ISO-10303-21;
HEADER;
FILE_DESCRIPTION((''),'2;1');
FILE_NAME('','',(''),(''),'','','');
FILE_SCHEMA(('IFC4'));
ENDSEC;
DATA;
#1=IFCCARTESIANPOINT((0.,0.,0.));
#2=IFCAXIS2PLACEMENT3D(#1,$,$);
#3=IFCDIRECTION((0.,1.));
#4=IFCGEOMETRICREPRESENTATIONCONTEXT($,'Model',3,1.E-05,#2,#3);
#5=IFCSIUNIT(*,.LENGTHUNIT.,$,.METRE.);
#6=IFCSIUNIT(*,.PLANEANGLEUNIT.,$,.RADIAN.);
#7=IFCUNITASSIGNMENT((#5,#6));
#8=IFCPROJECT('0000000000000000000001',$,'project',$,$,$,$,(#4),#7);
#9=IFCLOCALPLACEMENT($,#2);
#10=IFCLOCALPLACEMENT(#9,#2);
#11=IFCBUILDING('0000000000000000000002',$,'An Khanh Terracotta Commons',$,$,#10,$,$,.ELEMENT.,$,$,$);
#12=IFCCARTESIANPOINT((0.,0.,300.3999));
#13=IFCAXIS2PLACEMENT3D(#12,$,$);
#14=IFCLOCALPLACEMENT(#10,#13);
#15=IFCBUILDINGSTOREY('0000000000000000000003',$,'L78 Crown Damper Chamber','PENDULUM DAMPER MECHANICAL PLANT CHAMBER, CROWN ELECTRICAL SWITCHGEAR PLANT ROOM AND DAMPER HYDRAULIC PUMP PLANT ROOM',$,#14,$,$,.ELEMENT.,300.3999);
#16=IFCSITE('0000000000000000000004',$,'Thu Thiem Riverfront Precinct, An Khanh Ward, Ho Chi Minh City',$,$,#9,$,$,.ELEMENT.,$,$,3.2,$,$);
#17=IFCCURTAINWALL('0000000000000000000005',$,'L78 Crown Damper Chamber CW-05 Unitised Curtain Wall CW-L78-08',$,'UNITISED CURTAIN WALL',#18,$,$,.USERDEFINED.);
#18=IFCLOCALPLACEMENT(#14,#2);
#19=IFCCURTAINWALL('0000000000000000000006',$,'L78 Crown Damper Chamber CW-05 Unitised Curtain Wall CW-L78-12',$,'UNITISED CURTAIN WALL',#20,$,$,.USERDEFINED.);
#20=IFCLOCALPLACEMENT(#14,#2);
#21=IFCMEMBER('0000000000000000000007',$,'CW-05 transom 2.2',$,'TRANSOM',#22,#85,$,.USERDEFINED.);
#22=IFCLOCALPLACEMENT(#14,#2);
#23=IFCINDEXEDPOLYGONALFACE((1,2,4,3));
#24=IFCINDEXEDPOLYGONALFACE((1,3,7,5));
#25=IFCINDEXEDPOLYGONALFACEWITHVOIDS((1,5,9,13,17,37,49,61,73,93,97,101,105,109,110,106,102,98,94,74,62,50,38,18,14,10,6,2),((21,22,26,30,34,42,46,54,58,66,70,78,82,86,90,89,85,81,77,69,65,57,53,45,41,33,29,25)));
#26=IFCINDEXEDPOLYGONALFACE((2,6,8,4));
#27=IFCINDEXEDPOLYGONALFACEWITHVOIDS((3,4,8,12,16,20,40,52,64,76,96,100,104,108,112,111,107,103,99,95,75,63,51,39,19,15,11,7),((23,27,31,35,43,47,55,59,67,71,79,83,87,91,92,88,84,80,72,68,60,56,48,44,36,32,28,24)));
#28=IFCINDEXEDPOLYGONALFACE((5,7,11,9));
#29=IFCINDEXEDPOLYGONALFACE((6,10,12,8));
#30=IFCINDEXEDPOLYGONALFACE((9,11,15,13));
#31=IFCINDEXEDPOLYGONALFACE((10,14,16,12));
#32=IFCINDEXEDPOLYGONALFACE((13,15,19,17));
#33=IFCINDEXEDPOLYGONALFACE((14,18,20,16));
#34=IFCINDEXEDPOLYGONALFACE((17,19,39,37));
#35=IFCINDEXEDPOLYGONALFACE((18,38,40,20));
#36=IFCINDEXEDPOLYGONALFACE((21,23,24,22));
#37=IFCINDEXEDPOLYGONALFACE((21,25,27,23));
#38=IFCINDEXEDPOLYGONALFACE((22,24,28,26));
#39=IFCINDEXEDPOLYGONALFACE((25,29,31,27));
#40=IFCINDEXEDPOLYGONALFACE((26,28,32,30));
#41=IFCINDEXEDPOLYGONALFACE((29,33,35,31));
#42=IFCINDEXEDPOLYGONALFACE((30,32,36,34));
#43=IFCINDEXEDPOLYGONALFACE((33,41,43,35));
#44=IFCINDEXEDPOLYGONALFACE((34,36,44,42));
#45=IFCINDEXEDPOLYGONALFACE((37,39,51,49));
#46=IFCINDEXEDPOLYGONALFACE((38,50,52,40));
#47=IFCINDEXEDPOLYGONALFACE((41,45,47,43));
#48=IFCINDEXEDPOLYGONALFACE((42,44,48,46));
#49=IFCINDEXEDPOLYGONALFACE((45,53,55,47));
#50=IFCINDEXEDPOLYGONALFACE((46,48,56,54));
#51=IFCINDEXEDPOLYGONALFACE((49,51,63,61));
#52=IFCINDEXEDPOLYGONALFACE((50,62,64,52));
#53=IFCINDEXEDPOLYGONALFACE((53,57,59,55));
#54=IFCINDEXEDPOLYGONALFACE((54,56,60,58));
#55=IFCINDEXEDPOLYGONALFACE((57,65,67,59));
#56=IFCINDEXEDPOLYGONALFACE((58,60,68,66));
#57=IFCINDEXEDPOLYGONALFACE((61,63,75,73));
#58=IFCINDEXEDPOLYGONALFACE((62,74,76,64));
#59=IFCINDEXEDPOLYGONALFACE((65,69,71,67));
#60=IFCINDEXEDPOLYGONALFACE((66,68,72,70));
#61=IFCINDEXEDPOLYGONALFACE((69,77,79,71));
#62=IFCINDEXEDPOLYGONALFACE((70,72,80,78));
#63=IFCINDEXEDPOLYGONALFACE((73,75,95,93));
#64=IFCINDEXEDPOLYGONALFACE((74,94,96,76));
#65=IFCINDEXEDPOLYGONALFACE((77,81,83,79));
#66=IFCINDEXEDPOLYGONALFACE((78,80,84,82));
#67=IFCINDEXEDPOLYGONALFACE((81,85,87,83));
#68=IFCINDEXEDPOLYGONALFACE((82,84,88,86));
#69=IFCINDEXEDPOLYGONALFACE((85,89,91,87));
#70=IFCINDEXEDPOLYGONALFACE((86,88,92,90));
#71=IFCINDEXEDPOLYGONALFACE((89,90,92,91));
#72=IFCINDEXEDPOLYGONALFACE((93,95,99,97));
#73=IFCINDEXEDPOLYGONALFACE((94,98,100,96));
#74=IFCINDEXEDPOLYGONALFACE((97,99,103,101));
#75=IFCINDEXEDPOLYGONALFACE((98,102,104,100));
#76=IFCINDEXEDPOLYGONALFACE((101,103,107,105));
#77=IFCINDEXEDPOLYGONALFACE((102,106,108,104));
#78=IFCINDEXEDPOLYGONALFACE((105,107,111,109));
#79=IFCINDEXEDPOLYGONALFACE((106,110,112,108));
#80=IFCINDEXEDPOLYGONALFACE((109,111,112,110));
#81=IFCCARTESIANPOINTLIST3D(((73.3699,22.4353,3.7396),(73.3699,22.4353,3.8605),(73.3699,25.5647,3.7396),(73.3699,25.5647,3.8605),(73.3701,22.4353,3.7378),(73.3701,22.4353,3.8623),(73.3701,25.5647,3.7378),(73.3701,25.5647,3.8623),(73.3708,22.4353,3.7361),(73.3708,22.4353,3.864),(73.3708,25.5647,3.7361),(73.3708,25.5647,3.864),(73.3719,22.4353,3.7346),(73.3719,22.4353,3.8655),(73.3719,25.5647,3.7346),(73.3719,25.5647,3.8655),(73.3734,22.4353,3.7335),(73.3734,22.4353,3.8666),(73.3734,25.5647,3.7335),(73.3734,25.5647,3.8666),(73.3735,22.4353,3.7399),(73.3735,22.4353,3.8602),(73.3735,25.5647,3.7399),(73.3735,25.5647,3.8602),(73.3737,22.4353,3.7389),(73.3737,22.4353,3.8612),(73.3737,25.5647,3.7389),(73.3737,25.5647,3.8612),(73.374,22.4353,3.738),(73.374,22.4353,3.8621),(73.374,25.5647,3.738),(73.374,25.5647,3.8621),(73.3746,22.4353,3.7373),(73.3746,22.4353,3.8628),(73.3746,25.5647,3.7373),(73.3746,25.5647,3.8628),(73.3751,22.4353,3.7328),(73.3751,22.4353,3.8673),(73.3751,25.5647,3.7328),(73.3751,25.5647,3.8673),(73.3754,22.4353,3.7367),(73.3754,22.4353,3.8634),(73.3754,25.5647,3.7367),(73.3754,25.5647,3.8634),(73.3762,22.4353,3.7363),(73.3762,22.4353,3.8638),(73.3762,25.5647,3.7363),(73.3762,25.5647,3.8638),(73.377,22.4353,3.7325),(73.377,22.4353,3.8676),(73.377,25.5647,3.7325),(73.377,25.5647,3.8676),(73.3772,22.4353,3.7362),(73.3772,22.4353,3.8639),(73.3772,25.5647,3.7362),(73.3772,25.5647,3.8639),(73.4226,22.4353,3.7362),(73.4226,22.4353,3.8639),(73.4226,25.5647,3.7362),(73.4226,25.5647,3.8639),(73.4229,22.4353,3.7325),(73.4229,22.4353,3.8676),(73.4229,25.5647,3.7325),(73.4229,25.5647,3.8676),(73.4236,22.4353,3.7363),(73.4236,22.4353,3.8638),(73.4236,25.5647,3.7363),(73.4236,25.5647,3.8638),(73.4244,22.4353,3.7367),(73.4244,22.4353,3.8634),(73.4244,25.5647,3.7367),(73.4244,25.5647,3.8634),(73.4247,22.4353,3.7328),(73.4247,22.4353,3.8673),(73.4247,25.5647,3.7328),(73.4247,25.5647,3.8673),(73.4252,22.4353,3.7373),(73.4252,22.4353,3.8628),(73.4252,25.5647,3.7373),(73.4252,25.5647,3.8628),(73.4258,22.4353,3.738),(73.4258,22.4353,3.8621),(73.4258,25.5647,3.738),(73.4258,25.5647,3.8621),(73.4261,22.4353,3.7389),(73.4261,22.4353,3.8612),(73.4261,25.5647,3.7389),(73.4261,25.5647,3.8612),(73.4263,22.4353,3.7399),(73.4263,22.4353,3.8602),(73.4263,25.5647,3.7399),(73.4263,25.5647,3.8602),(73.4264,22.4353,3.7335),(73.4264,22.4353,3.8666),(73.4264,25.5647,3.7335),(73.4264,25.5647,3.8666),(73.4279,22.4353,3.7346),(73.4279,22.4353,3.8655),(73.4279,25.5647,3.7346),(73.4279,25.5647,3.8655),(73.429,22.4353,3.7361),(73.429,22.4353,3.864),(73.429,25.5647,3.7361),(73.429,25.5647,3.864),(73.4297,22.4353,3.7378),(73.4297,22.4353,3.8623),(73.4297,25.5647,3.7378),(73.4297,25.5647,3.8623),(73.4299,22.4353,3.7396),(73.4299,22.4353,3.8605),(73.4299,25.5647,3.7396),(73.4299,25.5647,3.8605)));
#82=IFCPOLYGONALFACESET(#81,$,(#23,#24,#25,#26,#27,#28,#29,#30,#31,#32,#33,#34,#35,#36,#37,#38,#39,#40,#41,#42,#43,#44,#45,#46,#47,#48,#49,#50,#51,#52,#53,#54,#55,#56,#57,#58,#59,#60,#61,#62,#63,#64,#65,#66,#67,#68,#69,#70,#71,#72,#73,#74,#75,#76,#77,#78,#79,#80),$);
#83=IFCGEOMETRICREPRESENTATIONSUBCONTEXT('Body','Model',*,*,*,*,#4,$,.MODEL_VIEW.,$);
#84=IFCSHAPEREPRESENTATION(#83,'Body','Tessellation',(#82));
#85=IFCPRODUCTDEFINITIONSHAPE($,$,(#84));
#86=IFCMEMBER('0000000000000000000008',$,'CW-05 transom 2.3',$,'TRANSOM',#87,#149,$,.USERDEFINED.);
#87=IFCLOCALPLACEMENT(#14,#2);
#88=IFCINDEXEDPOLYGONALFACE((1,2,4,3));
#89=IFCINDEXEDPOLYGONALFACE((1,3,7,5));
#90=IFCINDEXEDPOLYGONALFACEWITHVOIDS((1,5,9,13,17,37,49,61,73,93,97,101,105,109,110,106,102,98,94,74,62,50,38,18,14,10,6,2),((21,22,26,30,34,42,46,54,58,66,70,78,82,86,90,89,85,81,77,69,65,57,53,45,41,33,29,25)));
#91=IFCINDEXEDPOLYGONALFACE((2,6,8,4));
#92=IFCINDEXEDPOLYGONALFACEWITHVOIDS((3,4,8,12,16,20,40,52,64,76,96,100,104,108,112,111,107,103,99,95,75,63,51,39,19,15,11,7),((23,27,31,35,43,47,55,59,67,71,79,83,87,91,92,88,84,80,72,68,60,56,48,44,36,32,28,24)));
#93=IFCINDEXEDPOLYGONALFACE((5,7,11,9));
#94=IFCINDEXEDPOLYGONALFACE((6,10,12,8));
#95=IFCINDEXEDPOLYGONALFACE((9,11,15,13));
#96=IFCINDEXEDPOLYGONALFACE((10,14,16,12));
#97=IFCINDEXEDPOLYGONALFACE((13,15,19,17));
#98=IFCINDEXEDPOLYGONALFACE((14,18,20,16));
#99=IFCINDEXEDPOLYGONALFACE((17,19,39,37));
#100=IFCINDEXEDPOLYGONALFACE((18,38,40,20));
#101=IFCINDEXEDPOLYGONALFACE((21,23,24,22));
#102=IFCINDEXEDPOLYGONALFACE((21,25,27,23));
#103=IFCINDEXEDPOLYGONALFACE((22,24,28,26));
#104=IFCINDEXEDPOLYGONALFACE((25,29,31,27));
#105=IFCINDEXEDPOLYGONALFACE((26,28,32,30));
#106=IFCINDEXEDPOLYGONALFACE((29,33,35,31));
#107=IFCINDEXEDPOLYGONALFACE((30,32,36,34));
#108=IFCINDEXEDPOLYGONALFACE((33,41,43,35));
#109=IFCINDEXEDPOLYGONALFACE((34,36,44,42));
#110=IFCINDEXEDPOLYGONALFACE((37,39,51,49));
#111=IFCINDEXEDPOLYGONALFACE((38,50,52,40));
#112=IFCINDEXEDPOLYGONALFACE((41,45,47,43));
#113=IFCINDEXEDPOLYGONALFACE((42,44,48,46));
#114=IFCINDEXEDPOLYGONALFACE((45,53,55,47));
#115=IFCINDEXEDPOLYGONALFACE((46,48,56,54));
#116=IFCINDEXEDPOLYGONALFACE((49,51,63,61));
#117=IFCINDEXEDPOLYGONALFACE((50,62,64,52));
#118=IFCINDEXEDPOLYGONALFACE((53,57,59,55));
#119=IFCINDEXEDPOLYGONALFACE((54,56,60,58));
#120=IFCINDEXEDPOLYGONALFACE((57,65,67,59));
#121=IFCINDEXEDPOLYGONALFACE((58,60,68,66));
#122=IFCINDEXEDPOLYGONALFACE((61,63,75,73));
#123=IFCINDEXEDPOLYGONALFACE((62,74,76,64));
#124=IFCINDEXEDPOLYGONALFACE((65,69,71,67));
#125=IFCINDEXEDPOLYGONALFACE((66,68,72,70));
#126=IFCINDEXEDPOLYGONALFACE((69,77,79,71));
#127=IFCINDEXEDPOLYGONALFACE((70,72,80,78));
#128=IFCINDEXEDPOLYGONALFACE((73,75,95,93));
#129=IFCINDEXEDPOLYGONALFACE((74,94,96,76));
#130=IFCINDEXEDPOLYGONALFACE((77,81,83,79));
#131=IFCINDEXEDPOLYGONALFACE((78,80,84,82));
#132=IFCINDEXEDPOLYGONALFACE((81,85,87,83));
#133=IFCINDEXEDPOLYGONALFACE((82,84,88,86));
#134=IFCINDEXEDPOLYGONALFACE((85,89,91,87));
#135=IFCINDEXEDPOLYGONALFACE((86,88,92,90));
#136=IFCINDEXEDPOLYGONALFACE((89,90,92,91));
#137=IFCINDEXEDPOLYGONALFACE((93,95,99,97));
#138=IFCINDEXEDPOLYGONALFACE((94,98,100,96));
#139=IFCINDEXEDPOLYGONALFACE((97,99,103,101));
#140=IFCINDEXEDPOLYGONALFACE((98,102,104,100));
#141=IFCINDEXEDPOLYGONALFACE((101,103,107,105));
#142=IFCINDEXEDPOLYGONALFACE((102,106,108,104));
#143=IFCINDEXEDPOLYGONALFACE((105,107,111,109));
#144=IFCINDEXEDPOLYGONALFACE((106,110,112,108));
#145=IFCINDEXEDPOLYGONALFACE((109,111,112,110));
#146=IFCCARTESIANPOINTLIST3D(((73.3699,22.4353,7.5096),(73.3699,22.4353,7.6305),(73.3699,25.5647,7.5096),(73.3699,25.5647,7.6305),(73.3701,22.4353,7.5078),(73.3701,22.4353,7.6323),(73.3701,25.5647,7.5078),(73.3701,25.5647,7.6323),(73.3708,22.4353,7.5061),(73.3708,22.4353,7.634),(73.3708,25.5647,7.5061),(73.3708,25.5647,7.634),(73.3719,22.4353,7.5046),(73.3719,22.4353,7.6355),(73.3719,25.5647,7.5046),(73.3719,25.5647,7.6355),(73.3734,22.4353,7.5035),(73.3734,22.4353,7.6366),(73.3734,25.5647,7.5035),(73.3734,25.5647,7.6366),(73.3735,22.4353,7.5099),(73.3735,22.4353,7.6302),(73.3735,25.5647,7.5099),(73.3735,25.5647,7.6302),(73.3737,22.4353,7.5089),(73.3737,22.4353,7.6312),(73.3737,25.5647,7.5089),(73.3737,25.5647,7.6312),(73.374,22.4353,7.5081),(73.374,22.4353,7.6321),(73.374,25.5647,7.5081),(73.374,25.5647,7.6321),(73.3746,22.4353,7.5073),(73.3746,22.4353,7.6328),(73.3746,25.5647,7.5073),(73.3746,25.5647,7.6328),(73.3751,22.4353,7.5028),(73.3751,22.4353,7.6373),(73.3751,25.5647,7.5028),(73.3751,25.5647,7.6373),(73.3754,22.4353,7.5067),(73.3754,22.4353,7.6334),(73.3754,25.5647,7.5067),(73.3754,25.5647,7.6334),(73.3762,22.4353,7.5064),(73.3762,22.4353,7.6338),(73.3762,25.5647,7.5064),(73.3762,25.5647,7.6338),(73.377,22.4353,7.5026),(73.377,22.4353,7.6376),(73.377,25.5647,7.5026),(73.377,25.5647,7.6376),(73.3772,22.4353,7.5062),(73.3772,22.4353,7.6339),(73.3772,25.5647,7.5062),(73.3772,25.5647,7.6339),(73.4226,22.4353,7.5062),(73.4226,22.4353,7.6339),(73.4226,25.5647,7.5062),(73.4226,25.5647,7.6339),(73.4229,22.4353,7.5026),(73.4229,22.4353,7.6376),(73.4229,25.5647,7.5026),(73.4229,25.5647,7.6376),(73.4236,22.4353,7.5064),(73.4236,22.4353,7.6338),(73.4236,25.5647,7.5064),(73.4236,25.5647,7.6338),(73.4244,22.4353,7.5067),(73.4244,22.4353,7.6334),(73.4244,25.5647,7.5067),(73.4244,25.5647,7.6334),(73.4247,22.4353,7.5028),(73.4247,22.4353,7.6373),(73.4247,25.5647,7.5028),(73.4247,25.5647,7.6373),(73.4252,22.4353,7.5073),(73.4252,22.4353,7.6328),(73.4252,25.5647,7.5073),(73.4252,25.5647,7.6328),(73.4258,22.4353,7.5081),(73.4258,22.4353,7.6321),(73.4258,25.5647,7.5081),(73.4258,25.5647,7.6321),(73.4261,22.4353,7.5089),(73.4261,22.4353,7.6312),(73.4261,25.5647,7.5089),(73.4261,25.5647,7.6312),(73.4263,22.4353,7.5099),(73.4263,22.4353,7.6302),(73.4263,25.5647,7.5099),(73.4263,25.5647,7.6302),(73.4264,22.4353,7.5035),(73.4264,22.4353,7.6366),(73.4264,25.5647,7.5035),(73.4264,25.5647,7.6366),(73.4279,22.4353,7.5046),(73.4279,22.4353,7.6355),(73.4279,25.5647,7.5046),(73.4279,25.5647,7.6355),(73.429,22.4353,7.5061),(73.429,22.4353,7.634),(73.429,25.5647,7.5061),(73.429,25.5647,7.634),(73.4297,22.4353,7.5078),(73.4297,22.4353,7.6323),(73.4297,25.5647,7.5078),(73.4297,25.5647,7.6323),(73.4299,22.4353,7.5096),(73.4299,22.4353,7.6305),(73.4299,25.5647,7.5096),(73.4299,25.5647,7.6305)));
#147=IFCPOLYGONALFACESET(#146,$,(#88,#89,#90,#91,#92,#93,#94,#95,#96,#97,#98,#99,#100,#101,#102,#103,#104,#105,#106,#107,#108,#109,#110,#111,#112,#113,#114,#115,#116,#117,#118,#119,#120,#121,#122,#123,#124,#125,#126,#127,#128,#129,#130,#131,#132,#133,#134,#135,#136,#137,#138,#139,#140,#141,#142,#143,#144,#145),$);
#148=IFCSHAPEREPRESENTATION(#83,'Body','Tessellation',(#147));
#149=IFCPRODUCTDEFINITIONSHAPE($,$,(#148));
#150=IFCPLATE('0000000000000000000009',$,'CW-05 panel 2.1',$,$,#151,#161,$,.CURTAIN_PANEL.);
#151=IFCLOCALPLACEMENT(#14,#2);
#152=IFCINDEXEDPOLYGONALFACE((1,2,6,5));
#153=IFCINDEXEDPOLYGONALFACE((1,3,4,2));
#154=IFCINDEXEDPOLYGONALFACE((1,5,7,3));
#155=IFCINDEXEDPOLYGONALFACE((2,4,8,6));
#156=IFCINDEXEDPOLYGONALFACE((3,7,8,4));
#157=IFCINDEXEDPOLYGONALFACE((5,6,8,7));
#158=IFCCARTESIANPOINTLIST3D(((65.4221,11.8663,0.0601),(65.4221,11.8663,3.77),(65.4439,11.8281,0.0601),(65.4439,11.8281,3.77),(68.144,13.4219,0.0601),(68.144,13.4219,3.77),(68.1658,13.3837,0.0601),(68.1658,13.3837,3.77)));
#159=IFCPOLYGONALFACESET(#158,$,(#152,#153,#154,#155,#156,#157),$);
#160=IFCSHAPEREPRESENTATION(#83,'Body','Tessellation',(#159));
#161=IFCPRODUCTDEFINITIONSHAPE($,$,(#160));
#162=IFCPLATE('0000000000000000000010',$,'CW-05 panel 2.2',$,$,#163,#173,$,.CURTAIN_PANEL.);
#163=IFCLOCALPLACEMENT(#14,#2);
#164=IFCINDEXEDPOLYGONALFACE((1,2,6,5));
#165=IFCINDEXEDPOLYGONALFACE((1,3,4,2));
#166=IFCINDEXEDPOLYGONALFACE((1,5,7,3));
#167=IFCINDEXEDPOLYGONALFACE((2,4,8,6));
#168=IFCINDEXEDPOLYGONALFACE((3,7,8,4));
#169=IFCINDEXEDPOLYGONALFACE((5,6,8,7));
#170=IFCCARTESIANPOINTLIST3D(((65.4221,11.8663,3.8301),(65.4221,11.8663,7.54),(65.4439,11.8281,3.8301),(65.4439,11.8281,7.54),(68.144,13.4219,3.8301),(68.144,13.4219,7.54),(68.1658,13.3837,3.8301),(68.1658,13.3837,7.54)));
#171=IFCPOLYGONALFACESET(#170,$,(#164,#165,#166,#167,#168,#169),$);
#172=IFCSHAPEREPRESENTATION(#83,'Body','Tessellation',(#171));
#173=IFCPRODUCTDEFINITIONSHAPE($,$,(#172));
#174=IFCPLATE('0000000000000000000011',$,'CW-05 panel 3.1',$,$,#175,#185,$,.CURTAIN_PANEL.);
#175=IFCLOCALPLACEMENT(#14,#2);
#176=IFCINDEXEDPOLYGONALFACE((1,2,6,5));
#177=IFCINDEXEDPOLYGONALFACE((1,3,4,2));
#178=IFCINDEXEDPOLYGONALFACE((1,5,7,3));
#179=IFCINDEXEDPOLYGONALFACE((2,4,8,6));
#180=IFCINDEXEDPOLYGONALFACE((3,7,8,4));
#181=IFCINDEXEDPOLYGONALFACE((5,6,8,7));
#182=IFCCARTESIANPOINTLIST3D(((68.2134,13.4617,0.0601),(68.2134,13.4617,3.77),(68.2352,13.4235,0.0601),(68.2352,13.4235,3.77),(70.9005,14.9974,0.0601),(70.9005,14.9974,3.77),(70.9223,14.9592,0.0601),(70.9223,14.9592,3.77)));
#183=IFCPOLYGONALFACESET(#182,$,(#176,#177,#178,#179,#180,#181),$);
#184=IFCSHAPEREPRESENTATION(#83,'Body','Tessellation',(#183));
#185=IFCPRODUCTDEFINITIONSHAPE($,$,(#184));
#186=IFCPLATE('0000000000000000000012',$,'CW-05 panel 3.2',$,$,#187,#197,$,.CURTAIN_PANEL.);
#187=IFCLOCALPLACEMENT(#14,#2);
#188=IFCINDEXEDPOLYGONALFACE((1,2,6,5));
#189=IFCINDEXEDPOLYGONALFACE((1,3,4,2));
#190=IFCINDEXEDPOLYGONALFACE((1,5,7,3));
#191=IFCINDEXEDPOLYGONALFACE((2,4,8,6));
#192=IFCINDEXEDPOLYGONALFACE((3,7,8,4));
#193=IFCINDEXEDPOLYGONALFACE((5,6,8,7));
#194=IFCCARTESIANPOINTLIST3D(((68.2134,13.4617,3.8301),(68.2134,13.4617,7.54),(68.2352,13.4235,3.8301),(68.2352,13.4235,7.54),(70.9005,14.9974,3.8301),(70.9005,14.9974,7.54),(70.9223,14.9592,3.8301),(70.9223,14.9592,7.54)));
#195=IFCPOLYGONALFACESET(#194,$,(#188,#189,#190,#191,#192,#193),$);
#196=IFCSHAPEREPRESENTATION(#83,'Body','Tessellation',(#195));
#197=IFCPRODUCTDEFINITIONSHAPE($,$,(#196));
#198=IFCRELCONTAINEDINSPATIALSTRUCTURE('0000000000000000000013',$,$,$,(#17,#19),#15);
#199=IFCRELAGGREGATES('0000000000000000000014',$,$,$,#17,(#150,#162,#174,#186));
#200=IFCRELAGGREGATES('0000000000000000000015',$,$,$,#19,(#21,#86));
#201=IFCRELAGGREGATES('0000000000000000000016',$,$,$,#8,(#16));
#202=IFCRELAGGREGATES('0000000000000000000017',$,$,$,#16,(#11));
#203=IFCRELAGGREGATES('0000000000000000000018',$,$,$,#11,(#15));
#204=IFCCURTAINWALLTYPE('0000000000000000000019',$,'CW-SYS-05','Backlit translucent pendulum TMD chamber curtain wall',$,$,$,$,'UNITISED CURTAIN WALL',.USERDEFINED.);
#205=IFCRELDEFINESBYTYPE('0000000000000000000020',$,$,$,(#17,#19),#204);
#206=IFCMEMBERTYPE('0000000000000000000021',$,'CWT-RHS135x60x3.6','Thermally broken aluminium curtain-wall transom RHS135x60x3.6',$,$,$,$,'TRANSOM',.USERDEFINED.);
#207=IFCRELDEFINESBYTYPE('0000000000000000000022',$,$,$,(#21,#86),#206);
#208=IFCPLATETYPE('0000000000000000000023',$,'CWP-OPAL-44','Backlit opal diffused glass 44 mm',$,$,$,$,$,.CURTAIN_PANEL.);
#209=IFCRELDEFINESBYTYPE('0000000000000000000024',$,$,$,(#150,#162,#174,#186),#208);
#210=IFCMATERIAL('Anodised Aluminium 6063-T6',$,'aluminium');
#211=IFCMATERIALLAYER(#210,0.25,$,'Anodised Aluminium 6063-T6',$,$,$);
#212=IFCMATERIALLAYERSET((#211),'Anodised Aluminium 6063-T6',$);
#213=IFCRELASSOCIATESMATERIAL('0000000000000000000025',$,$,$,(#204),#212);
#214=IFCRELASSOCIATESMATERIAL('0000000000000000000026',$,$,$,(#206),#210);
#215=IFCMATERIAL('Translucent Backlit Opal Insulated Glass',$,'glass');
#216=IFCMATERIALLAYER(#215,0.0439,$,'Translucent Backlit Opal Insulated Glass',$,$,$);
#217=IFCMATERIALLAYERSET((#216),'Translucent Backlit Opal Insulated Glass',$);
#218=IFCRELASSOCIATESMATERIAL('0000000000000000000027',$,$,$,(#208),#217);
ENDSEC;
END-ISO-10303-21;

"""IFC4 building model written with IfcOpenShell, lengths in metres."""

from ifc_helpers import new_model, si_unit, direction, frame, origin, origin_2d, place, context, subcontext, project, spatial, rectangle, hollow_rectangle, extrude, material, layer, layer_set, material_profile, profile_set, type_object, element, aggregate, save


model = new_model("IFC4")

# Units and contexts
model_context = context("Model", 3, precision=1e-05, world=origin(), true_north=direction((0.0, 1.0)))
body_context = subcontext(model_context, "Body", "Model", "MODEL_VIEW")
ifc_project = project(units=[si_unit("LENGTHUNIT", "METRE"), si_unit("PLANEANGLEUNIT", "RADIAN")], contexts=[model_context])

# Site, building, storey
site_placement = place(None, origin())
site = spatial("IfcSite", under=ifc_project, at=site_placement, Name="Thu Thiem Riverfront Precinct, An Khanh Ward, Ho Chi Minh City", CompositionType="ELEMENT", RefElevation=3.2)
building_placement = place(site_placement, origin())
building = spatial("IfcBuilding", under=site, at=building_placement, Name="An Khanh Terracotta Commons", CompositionType="ELEMENT")
storey_placement = place(building_placement, frame((0.0, 0.0, 300.3999)))
storey = spatial("IfcBuildingStorey", under=building, at=storey_placement, Name="L78 Crown Damper Chamber", Description="PENDULUM DAMPER MECHANICAL PLANT CHAMBER, CROWN ELECTRICAL SWITCHGEAR PLANT ROOM AND DAMPER HYDRAULIC PUMP PLANT ROOM", CompositionType="ELEMENT", Elevation=300.3999)

# Curtain walls
ifc_material_1 = material(Name="Anodised Aluminium 6063-T6", Category="aluminium")
ifc_layer_1 = layer(ifc_material_1, 0.25, Name="Anodised Aluminium 6063-T6")
ifc_layer_set_1 = layer_set([ifc_layer_1], Name="Anodised Aluminium 6063-T6")
curtain_wall_type = type_object("IfcCurtainWallType", Name="CW-SYS-05", Description="Backlit translucent pendulum TMD chamber curtain wall", ElementType="UNITISED CURTAIN WALL", PredefinedType="USERDEFINED", material=ifc_layer_set_1)
curtain_wall_1_placement = place(storey_placement, origin())
curtain_wall_1 = element("IfcCurtainWall", 1, at=curtain_wall_1_placement, inside=storey, type_object=curtain_wall_type, Name="L78 Crown Damper Chamber CW-05 Unitised Curtain Wall CW-L78-08", ObjectType="UNITISED CURTAIN WALL", PredefinedType="USERDEFINED")
curtain_wall_2_placement = place(storey_placement, origin())
curtain_wall_2 = element("IfcCurtainWall", 2, at=curtain_wall_2_placement, inside=storey, type_object=curtain_wall_type, Name="L78 Crown Damper Chamber CW-05 Unitised Curtain Wall CW-L78-12", ObjectType="UNITISED CURTAIN WALL", PredefinedType="USERDEFINED")

# Members
ifc_material_profile_1 = material_profile(ifc_material_1, hollow_rectangle(XDim=0.0601, YDim=0.135, WallThickness=0.0037, InnerFilletRadius=0.0037, OuterFilletRadius=0.0071, at=origin_2d()), Name="RHS135x60x3.6")
ifc_profile_set_1 = profile_set([ifc_material_profile_1], Name="Anodised Aluminium 6063-T6")
member_type_1 = type_object("IfcMemberType", Name="CWT-RHS135x60x3.6", Description="Thermally broken aluminium curtain-wall transom RHS135x60x3.6", ElementType="TRANSOM", PredefinedType="USERDEFINED", material=ifc_profile_set_1)
member_1_placement = place(storey_placement, frame((73.3999, 22.4353, 3.8), z_axis=(0.0, 1.0, 0.0), x_axis=(-1.0, 0.0, 0.0)))
member_1 = element("IfcMember", 3, at=member_1_placement, type_object=member_type_1, Name="CW-05 transom 2.2", ObjectType="TRANSOM", PredefinedType="USERDEFINED", context=body_context, shape_type="SweptSolid", body=[
    extrude(hollow_rectangle(XDim=0.0601, YDim=0.135, WallThickness=0.0037, InnerFilletRadius=0.0037, OuterFilletRadius=0.0071, at=origin_2d()), origin(), (0.0, 0.0, 1.0), 3.1294),
])
member_2_placement = place(storey_placement, frame((73.3999, 22.4353, 7.5701), z_axis=(0.0, 1.0, 0.0), x_axis=(-1.0, 0.0, 0.0)))
member_2 = element("IfcMember", 4, at=member_2_placement, type_object=member_type_1, Name="CW-05 transom 2.3", ObjectType="TRANSOM", PredefinedType="USERDEFINED", context=body_context, shape_type="SweptSolid", body=[
    extrude(hollow_rectangle(XDim=0.0601, YDim=0.135, WallThickness=0.0037, InnerFilletRadius=0.0037, OuterFilletRadius=0.0071, at=origin_2d()), origin(), (0.0, 0.0, 1.0), 3.1294),
])

# Plates
ifc_material_2 = material(Name="Translucent Backlit Opal Insulated Glass", Category="glass")
ifc_layer_2 = layer(ifc_material_2, 0.0439, Name="Translucent Backlit Opal Insulated Glass")
ifc_layer_set_2 = layer_set([ifc_layer_2], Name="Translucent Backlit Opal Insulated Glass")
plate_type = type_object("IfcPlateType", Name="CWP-OPAL-44", Description="Backlit opal diffused glass 44 mm", PredefinedType="CURTAIN_PANEL", material=ifc_layer_set_2)
plate_1_placement = place(storey_placement, frame((66.7939, 12.625, 0.0601), z_axis=(0.0, 0.0, 1.0), x_axis=(0.868205, 0.496206, 0.0)))
plate_1 = element("IfcPlate", 5, at=plate_1_placement, type_object=plate_type, Name="CW-05 panel 2.1", PredefinedType="CURTAIN_PANEL", context=body_context, shape_type="SweptSolid", body=[
    extrude(rectangle(XDim=3.135, YDim=0.0439, at=origin_2d()), origin(), (0.0, 0.0, 1.0), 3.71),
])
plate_2_placement = place(storey_placement, frame((66.7939, 12.625, 3.8301), z_axis=(0.0, 0.0, 1.0), x_axis=(0.868205, 0.496206, 0.0)))
plate_2 = element("IfcPlate", 6, at=plate_2_placement, type_object=plate_type, Name="CW-05 panel 2.2", PredefinedType="CURTAIN_PANEL", context=body_context, shape_type="SweptSolid", body=[
    extrude(rectangle(XDim=3.135, YDim=0.0439, at=origin_2d()), origin(), (0.0, 0.0, 1.0), 3.71),
])
plate_3_placement = place(storey_placement, frame((69.5679, 14.2104, 0.0601), z_axis=(0.0, 0.0, 1.0), x_axis=(0.868205, 0.496206, 0.0)))
plate_3 = element("IfcPlate", 7, at=plate_3_placement, type_object=plate_type, Name="CW-05 panel 3.1", PredefinedType="CURTAIN_PANEL", context=body_context, shape_type="SweptSolid", body=[
    extrude(rectangle(XDim=3.095, YDim=0.0439, at=origin_2d()), origin(), (0.0, 0.0, 1.0), 3.71),
])
plate_4_placement = place(storey_placement, frame((69.5679, 14.2104, 3.8301), z_axis=(0.0, 0.0, 1.0), x_axis=(0.868205, 0.496206, 0.0)))
plate_4 = element("IfcPlate", 8, at=plate_4_placement, type_object=plate_type, Name="CW-05 panel 3.2", PredefinedType="CURTAIN_PANEL", context=body_context, shape_type="SweptSolid", body=[
    extrude(rectangle(XDim=3.095, YDim=0.0439, at=origin_2d()), origin(), (0.0, 0.0, 1.0), 3.71),
])
aggregate(curtain_wall_1, [plate_1, plate_2, plate_3, plate_4])
aggregate(curtain_wall_2, [member_1, member_2])

save(model, "model.ifc")
